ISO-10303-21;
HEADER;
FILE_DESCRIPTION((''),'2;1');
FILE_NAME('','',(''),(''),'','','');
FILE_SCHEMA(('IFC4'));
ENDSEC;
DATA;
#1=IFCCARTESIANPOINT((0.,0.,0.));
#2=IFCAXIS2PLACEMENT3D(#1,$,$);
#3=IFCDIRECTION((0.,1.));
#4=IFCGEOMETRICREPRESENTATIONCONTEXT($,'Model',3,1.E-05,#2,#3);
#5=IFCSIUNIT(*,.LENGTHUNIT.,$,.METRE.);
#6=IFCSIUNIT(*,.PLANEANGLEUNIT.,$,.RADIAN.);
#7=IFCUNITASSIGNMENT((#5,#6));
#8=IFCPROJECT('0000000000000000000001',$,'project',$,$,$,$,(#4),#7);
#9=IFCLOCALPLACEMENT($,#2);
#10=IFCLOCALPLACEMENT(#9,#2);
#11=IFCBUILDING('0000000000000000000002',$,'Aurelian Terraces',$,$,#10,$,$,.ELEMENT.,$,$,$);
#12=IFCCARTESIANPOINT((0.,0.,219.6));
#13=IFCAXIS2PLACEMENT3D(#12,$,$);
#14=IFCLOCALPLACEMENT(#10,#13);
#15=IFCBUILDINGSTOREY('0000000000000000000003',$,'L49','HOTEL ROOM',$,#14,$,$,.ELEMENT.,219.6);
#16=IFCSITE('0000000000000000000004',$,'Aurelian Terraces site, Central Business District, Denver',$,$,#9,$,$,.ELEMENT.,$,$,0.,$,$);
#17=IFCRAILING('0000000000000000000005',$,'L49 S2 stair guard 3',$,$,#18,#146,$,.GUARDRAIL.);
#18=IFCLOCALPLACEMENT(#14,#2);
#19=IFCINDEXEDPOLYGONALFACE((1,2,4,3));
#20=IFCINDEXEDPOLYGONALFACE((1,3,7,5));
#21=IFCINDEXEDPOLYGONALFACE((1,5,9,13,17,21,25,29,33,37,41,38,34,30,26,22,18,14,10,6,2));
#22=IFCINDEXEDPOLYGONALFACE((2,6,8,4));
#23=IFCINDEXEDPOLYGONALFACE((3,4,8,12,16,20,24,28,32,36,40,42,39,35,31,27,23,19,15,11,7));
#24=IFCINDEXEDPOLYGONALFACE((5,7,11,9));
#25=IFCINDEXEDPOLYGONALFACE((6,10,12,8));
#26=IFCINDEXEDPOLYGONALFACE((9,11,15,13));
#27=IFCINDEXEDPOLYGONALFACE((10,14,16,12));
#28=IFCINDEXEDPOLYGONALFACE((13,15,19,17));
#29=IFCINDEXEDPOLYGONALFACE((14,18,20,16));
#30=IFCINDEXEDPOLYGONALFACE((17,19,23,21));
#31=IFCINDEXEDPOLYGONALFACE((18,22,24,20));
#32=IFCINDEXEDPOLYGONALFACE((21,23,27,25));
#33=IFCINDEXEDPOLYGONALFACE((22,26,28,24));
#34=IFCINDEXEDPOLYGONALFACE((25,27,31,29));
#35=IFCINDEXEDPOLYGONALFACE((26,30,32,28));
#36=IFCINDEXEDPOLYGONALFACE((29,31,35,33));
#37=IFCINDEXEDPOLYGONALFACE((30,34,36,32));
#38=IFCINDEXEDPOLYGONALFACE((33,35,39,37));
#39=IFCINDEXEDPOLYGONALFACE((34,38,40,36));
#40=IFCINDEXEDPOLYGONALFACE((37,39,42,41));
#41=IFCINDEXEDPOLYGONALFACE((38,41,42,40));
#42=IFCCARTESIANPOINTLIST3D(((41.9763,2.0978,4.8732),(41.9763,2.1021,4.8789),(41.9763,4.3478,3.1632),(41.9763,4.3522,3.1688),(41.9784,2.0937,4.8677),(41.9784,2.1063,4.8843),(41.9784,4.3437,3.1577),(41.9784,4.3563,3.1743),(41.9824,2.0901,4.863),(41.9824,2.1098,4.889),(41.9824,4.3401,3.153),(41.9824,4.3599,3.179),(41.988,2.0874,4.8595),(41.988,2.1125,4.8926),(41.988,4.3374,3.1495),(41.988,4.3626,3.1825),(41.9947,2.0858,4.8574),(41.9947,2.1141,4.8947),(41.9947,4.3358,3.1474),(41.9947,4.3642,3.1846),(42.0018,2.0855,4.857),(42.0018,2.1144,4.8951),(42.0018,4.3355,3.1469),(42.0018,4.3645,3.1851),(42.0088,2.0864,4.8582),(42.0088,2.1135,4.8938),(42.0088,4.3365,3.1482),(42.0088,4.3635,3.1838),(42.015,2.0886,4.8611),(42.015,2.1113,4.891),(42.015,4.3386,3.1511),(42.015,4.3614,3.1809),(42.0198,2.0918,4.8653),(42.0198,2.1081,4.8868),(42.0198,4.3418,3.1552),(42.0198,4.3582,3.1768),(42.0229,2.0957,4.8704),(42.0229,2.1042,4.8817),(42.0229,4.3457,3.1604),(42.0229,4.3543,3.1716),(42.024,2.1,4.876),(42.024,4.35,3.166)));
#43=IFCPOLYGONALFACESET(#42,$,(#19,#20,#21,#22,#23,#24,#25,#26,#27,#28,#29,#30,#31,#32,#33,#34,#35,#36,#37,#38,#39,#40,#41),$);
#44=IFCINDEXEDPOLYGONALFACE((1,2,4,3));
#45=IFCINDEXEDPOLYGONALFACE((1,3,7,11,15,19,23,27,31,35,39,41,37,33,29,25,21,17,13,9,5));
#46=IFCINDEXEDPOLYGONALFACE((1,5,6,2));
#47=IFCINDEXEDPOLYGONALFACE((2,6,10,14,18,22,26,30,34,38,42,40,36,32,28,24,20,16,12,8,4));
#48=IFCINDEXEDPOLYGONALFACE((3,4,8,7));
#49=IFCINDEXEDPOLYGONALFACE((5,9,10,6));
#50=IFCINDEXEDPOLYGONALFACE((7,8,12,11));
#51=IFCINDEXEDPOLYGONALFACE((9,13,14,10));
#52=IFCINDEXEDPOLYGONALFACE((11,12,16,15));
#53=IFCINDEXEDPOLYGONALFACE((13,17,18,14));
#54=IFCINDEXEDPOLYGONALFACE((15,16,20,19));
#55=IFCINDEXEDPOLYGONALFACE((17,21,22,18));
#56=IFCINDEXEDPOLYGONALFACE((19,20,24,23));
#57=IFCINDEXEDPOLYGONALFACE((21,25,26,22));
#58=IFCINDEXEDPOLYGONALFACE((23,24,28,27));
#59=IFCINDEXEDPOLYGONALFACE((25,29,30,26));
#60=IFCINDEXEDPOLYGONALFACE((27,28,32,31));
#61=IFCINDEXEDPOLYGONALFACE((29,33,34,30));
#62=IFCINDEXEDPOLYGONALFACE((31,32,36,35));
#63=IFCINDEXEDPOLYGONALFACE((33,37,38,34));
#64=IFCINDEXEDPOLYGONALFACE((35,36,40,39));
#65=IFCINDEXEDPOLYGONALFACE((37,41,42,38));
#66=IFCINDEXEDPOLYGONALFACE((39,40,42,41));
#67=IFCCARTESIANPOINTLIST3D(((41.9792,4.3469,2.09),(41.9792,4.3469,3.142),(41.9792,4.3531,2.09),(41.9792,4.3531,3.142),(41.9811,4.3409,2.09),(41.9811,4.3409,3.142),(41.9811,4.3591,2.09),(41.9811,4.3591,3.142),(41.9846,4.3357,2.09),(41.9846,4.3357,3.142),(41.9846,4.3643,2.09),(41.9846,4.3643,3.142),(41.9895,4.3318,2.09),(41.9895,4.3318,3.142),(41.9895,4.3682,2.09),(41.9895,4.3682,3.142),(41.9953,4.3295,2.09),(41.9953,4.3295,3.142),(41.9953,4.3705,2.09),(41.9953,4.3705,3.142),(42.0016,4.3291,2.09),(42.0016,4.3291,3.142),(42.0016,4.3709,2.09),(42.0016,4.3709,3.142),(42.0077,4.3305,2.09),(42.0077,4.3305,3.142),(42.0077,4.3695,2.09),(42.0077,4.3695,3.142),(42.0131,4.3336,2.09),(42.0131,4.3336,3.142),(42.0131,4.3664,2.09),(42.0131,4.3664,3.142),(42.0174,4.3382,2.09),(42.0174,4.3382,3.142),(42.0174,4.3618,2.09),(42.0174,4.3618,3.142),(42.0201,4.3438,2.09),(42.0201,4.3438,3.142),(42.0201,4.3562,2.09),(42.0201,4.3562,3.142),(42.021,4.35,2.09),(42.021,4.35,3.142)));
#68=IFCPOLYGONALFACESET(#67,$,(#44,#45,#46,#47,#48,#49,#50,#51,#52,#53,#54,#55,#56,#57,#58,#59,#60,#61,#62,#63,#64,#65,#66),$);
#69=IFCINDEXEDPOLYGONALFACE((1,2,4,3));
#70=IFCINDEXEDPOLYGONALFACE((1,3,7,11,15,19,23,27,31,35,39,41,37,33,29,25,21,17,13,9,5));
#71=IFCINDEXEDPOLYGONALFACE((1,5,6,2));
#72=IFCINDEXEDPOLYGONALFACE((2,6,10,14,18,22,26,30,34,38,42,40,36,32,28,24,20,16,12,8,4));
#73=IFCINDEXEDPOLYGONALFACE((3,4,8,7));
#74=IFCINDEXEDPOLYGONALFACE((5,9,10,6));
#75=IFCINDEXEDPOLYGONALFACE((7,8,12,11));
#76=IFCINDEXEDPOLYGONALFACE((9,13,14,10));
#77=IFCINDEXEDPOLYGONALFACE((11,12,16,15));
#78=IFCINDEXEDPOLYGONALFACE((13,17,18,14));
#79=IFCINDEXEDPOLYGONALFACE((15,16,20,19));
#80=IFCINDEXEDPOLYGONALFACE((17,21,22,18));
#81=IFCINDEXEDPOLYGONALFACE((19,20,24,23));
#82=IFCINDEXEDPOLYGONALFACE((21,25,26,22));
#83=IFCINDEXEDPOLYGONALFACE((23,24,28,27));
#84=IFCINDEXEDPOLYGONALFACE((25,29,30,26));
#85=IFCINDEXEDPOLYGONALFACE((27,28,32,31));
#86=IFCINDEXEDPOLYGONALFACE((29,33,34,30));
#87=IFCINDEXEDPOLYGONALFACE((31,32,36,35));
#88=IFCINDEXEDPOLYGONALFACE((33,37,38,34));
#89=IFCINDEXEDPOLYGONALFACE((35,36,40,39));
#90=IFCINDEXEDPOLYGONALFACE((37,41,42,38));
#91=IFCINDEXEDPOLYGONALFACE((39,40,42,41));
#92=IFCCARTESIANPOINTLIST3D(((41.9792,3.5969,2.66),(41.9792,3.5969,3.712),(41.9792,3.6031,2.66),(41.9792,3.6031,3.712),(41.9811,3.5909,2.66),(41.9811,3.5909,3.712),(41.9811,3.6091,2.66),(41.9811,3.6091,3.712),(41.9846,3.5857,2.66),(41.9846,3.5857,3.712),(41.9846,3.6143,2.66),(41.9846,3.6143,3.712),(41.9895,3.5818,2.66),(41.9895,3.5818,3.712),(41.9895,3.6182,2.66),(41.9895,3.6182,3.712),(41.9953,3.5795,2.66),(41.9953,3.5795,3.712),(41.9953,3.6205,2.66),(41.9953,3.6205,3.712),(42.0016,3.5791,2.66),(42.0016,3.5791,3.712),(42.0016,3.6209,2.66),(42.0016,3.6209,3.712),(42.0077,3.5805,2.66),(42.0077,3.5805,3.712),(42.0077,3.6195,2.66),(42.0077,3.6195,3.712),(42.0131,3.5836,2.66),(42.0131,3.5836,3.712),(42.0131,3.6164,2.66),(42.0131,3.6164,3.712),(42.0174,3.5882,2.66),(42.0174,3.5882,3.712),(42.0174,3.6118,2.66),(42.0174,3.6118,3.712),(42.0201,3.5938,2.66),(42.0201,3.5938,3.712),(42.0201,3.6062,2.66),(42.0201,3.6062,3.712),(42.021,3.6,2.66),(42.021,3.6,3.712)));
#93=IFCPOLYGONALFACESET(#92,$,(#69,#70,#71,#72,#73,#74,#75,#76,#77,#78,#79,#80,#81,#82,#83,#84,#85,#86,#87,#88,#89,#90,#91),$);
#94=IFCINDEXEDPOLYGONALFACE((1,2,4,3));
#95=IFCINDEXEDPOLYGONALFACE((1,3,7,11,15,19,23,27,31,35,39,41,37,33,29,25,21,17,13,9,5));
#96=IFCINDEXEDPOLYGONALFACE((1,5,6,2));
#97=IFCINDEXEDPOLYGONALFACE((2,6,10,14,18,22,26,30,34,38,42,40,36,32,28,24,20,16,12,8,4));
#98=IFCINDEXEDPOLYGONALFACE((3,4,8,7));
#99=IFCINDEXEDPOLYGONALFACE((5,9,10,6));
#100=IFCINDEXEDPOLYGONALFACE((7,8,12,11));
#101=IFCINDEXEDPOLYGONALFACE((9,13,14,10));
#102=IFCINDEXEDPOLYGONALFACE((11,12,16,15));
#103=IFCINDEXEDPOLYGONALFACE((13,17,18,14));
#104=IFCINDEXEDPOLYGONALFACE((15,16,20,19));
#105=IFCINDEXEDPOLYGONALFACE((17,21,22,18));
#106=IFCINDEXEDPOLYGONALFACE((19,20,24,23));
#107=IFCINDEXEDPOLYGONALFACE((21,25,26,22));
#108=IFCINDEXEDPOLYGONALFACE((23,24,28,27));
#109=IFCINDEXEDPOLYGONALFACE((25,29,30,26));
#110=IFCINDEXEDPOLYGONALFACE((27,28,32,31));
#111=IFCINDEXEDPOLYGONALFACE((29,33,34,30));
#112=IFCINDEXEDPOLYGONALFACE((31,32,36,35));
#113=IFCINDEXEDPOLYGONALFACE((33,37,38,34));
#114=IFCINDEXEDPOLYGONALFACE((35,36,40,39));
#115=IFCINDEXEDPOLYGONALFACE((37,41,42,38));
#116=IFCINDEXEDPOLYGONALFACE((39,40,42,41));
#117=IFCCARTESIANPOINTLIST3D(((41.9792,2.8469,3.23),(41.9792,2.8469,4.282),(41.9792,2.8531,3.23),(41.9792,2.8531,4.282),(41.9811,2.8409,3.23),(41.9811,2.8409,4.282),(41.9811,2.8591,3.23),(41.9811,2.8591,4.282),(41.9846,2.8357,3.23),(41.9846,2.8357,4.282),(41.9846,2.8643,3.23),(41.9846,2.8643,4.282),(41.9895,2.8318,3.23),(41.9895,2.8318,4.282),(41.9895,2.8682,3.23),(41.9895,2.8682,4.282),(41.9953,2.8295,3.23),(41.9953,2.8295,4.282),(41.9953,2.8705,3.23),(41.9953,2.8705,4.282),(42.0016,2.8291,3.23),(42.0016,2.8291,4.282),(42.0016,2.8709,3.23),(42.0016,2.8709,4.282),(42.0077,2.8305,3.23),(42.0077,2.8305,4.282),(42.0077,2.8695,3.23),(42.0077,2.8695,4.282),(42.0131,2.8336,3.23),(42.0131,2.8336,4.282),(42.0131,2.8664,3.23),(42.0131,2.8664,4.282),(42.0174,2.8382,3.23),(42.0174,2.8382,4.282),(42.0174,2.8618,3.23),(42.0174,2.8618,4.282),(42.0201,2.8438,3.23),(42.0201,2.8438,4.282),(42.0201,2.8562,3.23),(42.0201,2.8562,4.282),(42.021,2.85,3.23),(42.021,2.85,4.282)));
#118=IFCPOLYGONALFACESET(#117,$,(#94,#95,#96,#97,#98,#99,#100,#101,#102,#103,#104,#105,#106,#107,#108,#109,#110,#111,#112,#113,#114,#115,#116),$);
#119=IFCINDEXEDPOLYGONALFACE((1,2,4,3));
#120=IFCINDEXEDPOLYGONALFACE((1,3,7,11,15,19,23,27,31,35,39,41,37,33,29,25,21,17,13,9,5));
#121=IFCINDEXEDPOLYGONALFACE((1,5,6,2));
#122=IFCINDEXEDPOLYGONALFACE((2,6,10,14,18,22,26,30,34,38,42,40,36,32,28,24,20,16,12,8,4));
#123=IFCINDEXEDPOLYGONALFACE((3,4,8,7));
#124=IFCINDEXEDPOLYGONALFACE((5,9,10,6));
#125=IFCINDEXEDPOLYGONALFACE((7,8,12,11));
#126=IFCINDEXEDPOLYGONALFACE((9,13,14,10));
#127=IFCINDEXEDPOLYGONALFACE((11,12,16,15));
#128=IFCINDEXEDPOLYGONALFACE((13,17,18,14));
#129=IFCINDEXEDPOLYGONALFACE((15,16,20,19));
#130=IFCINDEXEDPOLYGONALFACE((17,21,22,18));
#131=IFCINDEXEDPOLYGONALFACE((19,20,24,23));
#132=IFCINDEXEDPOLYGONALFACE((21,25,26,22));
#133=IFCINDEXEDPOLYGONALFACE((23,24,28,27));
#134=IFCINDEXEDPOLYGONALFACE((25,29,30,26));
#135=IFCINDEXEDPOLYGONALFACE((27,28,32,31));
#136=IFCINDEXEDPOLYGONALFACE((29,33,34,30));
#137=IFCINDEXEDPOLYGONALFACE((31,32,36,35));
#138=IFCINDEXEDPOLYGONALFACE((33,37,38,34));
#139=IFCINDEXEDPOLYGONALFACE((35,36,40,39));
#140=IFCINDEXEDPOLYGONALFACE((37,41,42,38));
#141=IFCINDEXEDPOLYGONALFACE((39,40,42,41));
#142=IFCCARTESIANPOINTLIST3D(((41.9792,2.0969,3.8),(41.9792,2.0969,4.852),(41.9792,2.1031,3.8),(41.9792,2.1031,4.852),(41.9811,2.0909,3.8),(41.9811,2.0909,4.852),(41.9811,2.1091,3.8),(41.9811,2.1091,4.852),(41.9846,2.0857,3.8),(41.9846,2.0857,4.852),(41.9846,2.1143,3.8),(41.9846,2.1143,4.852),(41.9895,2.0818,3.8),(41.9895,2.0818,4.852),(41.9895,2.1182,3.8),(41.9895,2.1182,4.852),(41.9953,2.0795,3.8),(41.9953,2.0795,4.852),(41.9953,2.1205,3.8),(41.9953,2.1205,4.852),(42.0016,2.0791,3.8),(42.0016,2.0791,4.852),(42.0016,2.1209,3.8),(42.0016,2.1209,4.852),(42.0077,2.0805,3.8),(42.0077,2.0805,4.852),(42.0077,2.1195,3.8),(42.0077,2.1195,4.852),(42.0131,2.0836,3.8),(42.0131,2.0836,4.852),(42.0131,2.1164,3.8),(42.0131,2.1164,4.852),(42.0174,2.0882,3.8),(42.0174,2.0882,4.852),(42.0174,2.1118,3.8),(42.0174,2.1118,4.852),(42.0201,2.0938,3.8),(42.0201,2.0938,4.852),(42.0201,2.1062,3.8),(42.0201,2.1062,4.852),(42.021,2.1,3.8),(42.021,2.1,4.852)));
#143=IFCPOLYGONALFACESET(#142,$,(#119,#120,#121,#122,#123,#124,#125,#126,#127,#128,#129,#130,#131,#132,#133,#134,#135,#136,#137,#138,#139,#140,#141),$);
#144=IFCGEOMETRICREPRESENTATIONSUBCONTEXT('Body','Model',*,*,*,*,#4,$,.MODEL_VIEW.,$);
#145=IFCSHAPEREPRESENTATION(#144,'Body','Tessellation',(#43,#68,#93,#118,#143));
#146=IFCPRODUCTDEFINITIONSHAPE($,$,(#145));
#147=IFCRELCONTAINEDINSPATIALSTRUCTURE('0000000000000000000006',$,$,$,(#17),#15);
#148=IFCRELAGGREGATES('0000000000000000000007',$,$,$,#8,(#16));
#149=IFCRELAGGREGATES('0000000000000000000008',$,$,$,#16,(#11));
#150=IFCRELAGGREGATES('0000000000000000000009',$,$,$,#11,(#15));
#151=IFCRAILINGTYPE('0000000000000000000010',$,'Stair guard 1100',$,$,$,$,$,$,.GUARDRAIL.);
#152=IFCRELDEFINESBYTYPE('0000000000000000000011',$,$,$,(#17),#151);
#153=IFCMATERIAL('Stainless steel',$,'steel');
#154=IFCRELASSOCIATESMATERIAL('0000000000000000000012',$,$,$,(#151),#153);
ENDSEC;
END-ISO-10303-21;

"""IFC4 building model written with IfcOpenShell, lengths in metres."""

from ifc_helpers import new_model, si_unit, direction, frame, origin, origin_2d, place, context, subcontext, project, spatial, circle, extrude, source, transform, mapped, material, type_object, element, save


model = new_model("IFC4")

# Units and contexts
model_context = context("Model", 3, precision=1e-05, world=origin(), true_north=direction((0.0, 1.0)))
body_context = subcontext(model_context, "Body", "Model", "MODEL_VIEW")
ifc_project = project(units=[si_unit("LENGTHUNIT", "METRE"), si_unit("PLANEANGLEUNIT", "RADIAN")], contexts=[model_context])

# Site, building, storey
site_placement = place(None, origin())
site = spatial("IfcSite", under=ifc_project, at=site_placement, Name="Aurelian Terraces site, Central Business District, Denver", CompositionType="ELEMENT", RefElevation=0.0)
building_placement = place(site_placement, origin())
building = spatial("IfcBuilding", under=site, at=building_placement, Name="Aurelian Terraces", CompositionType="ELEMENT")
storey_placement = place(building_placement, frame((0.0, 0.0, 219.6)))
storey = spatial("IfcBuildingStorey", under=building, at=storey_placement, Name="L49", Description="HOTEL ROOM", CompositionType="ELEMENT", Elevation=219.6)

# Railing
ifc_material_1 = material(Name="Stainless steel", Category="steel")
railing_type_1 = type_object("IfcRailingType", Name="Stair guard 1100", PredefinedType="GUARDRAIL", material=ifc_material_1)
shared_shape_1 = source(origin(), body_context, "Body", "SweptSolid", [
    extrude(circle(Radius=0.024, at=origin_2d()), frame((0.0, 0.0, 1.076), z_axis=(0.0, -0.796162, 0.605083), x_axis=(1.0, 0.0, 0.0)), (0.0, 0.0, 1.0), 2.8261),
    extrude(circle(Radius=0.021, at=origin_2d()), origin(), (0.0, 0.0, 1.0), 1.052),
    extrude(circle(Radius=0.021, at=origin_2d()), frame((0.0, -0.75, 0.57)), (0.0, 0.0, 1.0), 1.052),
    extrude(circle(Radius=0.021, at=origin_2d()), frame((0.0, -1.5, 1.14)), (0.0, 0.0, 1.0), 1.052),
    extrude(circle(Radius=0.021, at=origin_2d()), frame((0.0, -2.25, 1.71)), (0.0, 0.0, 1.0), 1.052),
])
railing_1_placement = place(storey_placement, frame((42.0, 4.35, 2.09)))
element("IfcRailing", 1, at=railing_1_placement, inside=storey, type_object=railing_type_1, Name="L49 S2 stair guard 3", PredefinedType="GUARDRAIL", context=body_context, shape_type="MappedRepresentation", body=[
    mapped(shared_shape_1, transform((0.0, 0.0, 0.0), scale=1.0)),
])

save(model, "model.ifc")
